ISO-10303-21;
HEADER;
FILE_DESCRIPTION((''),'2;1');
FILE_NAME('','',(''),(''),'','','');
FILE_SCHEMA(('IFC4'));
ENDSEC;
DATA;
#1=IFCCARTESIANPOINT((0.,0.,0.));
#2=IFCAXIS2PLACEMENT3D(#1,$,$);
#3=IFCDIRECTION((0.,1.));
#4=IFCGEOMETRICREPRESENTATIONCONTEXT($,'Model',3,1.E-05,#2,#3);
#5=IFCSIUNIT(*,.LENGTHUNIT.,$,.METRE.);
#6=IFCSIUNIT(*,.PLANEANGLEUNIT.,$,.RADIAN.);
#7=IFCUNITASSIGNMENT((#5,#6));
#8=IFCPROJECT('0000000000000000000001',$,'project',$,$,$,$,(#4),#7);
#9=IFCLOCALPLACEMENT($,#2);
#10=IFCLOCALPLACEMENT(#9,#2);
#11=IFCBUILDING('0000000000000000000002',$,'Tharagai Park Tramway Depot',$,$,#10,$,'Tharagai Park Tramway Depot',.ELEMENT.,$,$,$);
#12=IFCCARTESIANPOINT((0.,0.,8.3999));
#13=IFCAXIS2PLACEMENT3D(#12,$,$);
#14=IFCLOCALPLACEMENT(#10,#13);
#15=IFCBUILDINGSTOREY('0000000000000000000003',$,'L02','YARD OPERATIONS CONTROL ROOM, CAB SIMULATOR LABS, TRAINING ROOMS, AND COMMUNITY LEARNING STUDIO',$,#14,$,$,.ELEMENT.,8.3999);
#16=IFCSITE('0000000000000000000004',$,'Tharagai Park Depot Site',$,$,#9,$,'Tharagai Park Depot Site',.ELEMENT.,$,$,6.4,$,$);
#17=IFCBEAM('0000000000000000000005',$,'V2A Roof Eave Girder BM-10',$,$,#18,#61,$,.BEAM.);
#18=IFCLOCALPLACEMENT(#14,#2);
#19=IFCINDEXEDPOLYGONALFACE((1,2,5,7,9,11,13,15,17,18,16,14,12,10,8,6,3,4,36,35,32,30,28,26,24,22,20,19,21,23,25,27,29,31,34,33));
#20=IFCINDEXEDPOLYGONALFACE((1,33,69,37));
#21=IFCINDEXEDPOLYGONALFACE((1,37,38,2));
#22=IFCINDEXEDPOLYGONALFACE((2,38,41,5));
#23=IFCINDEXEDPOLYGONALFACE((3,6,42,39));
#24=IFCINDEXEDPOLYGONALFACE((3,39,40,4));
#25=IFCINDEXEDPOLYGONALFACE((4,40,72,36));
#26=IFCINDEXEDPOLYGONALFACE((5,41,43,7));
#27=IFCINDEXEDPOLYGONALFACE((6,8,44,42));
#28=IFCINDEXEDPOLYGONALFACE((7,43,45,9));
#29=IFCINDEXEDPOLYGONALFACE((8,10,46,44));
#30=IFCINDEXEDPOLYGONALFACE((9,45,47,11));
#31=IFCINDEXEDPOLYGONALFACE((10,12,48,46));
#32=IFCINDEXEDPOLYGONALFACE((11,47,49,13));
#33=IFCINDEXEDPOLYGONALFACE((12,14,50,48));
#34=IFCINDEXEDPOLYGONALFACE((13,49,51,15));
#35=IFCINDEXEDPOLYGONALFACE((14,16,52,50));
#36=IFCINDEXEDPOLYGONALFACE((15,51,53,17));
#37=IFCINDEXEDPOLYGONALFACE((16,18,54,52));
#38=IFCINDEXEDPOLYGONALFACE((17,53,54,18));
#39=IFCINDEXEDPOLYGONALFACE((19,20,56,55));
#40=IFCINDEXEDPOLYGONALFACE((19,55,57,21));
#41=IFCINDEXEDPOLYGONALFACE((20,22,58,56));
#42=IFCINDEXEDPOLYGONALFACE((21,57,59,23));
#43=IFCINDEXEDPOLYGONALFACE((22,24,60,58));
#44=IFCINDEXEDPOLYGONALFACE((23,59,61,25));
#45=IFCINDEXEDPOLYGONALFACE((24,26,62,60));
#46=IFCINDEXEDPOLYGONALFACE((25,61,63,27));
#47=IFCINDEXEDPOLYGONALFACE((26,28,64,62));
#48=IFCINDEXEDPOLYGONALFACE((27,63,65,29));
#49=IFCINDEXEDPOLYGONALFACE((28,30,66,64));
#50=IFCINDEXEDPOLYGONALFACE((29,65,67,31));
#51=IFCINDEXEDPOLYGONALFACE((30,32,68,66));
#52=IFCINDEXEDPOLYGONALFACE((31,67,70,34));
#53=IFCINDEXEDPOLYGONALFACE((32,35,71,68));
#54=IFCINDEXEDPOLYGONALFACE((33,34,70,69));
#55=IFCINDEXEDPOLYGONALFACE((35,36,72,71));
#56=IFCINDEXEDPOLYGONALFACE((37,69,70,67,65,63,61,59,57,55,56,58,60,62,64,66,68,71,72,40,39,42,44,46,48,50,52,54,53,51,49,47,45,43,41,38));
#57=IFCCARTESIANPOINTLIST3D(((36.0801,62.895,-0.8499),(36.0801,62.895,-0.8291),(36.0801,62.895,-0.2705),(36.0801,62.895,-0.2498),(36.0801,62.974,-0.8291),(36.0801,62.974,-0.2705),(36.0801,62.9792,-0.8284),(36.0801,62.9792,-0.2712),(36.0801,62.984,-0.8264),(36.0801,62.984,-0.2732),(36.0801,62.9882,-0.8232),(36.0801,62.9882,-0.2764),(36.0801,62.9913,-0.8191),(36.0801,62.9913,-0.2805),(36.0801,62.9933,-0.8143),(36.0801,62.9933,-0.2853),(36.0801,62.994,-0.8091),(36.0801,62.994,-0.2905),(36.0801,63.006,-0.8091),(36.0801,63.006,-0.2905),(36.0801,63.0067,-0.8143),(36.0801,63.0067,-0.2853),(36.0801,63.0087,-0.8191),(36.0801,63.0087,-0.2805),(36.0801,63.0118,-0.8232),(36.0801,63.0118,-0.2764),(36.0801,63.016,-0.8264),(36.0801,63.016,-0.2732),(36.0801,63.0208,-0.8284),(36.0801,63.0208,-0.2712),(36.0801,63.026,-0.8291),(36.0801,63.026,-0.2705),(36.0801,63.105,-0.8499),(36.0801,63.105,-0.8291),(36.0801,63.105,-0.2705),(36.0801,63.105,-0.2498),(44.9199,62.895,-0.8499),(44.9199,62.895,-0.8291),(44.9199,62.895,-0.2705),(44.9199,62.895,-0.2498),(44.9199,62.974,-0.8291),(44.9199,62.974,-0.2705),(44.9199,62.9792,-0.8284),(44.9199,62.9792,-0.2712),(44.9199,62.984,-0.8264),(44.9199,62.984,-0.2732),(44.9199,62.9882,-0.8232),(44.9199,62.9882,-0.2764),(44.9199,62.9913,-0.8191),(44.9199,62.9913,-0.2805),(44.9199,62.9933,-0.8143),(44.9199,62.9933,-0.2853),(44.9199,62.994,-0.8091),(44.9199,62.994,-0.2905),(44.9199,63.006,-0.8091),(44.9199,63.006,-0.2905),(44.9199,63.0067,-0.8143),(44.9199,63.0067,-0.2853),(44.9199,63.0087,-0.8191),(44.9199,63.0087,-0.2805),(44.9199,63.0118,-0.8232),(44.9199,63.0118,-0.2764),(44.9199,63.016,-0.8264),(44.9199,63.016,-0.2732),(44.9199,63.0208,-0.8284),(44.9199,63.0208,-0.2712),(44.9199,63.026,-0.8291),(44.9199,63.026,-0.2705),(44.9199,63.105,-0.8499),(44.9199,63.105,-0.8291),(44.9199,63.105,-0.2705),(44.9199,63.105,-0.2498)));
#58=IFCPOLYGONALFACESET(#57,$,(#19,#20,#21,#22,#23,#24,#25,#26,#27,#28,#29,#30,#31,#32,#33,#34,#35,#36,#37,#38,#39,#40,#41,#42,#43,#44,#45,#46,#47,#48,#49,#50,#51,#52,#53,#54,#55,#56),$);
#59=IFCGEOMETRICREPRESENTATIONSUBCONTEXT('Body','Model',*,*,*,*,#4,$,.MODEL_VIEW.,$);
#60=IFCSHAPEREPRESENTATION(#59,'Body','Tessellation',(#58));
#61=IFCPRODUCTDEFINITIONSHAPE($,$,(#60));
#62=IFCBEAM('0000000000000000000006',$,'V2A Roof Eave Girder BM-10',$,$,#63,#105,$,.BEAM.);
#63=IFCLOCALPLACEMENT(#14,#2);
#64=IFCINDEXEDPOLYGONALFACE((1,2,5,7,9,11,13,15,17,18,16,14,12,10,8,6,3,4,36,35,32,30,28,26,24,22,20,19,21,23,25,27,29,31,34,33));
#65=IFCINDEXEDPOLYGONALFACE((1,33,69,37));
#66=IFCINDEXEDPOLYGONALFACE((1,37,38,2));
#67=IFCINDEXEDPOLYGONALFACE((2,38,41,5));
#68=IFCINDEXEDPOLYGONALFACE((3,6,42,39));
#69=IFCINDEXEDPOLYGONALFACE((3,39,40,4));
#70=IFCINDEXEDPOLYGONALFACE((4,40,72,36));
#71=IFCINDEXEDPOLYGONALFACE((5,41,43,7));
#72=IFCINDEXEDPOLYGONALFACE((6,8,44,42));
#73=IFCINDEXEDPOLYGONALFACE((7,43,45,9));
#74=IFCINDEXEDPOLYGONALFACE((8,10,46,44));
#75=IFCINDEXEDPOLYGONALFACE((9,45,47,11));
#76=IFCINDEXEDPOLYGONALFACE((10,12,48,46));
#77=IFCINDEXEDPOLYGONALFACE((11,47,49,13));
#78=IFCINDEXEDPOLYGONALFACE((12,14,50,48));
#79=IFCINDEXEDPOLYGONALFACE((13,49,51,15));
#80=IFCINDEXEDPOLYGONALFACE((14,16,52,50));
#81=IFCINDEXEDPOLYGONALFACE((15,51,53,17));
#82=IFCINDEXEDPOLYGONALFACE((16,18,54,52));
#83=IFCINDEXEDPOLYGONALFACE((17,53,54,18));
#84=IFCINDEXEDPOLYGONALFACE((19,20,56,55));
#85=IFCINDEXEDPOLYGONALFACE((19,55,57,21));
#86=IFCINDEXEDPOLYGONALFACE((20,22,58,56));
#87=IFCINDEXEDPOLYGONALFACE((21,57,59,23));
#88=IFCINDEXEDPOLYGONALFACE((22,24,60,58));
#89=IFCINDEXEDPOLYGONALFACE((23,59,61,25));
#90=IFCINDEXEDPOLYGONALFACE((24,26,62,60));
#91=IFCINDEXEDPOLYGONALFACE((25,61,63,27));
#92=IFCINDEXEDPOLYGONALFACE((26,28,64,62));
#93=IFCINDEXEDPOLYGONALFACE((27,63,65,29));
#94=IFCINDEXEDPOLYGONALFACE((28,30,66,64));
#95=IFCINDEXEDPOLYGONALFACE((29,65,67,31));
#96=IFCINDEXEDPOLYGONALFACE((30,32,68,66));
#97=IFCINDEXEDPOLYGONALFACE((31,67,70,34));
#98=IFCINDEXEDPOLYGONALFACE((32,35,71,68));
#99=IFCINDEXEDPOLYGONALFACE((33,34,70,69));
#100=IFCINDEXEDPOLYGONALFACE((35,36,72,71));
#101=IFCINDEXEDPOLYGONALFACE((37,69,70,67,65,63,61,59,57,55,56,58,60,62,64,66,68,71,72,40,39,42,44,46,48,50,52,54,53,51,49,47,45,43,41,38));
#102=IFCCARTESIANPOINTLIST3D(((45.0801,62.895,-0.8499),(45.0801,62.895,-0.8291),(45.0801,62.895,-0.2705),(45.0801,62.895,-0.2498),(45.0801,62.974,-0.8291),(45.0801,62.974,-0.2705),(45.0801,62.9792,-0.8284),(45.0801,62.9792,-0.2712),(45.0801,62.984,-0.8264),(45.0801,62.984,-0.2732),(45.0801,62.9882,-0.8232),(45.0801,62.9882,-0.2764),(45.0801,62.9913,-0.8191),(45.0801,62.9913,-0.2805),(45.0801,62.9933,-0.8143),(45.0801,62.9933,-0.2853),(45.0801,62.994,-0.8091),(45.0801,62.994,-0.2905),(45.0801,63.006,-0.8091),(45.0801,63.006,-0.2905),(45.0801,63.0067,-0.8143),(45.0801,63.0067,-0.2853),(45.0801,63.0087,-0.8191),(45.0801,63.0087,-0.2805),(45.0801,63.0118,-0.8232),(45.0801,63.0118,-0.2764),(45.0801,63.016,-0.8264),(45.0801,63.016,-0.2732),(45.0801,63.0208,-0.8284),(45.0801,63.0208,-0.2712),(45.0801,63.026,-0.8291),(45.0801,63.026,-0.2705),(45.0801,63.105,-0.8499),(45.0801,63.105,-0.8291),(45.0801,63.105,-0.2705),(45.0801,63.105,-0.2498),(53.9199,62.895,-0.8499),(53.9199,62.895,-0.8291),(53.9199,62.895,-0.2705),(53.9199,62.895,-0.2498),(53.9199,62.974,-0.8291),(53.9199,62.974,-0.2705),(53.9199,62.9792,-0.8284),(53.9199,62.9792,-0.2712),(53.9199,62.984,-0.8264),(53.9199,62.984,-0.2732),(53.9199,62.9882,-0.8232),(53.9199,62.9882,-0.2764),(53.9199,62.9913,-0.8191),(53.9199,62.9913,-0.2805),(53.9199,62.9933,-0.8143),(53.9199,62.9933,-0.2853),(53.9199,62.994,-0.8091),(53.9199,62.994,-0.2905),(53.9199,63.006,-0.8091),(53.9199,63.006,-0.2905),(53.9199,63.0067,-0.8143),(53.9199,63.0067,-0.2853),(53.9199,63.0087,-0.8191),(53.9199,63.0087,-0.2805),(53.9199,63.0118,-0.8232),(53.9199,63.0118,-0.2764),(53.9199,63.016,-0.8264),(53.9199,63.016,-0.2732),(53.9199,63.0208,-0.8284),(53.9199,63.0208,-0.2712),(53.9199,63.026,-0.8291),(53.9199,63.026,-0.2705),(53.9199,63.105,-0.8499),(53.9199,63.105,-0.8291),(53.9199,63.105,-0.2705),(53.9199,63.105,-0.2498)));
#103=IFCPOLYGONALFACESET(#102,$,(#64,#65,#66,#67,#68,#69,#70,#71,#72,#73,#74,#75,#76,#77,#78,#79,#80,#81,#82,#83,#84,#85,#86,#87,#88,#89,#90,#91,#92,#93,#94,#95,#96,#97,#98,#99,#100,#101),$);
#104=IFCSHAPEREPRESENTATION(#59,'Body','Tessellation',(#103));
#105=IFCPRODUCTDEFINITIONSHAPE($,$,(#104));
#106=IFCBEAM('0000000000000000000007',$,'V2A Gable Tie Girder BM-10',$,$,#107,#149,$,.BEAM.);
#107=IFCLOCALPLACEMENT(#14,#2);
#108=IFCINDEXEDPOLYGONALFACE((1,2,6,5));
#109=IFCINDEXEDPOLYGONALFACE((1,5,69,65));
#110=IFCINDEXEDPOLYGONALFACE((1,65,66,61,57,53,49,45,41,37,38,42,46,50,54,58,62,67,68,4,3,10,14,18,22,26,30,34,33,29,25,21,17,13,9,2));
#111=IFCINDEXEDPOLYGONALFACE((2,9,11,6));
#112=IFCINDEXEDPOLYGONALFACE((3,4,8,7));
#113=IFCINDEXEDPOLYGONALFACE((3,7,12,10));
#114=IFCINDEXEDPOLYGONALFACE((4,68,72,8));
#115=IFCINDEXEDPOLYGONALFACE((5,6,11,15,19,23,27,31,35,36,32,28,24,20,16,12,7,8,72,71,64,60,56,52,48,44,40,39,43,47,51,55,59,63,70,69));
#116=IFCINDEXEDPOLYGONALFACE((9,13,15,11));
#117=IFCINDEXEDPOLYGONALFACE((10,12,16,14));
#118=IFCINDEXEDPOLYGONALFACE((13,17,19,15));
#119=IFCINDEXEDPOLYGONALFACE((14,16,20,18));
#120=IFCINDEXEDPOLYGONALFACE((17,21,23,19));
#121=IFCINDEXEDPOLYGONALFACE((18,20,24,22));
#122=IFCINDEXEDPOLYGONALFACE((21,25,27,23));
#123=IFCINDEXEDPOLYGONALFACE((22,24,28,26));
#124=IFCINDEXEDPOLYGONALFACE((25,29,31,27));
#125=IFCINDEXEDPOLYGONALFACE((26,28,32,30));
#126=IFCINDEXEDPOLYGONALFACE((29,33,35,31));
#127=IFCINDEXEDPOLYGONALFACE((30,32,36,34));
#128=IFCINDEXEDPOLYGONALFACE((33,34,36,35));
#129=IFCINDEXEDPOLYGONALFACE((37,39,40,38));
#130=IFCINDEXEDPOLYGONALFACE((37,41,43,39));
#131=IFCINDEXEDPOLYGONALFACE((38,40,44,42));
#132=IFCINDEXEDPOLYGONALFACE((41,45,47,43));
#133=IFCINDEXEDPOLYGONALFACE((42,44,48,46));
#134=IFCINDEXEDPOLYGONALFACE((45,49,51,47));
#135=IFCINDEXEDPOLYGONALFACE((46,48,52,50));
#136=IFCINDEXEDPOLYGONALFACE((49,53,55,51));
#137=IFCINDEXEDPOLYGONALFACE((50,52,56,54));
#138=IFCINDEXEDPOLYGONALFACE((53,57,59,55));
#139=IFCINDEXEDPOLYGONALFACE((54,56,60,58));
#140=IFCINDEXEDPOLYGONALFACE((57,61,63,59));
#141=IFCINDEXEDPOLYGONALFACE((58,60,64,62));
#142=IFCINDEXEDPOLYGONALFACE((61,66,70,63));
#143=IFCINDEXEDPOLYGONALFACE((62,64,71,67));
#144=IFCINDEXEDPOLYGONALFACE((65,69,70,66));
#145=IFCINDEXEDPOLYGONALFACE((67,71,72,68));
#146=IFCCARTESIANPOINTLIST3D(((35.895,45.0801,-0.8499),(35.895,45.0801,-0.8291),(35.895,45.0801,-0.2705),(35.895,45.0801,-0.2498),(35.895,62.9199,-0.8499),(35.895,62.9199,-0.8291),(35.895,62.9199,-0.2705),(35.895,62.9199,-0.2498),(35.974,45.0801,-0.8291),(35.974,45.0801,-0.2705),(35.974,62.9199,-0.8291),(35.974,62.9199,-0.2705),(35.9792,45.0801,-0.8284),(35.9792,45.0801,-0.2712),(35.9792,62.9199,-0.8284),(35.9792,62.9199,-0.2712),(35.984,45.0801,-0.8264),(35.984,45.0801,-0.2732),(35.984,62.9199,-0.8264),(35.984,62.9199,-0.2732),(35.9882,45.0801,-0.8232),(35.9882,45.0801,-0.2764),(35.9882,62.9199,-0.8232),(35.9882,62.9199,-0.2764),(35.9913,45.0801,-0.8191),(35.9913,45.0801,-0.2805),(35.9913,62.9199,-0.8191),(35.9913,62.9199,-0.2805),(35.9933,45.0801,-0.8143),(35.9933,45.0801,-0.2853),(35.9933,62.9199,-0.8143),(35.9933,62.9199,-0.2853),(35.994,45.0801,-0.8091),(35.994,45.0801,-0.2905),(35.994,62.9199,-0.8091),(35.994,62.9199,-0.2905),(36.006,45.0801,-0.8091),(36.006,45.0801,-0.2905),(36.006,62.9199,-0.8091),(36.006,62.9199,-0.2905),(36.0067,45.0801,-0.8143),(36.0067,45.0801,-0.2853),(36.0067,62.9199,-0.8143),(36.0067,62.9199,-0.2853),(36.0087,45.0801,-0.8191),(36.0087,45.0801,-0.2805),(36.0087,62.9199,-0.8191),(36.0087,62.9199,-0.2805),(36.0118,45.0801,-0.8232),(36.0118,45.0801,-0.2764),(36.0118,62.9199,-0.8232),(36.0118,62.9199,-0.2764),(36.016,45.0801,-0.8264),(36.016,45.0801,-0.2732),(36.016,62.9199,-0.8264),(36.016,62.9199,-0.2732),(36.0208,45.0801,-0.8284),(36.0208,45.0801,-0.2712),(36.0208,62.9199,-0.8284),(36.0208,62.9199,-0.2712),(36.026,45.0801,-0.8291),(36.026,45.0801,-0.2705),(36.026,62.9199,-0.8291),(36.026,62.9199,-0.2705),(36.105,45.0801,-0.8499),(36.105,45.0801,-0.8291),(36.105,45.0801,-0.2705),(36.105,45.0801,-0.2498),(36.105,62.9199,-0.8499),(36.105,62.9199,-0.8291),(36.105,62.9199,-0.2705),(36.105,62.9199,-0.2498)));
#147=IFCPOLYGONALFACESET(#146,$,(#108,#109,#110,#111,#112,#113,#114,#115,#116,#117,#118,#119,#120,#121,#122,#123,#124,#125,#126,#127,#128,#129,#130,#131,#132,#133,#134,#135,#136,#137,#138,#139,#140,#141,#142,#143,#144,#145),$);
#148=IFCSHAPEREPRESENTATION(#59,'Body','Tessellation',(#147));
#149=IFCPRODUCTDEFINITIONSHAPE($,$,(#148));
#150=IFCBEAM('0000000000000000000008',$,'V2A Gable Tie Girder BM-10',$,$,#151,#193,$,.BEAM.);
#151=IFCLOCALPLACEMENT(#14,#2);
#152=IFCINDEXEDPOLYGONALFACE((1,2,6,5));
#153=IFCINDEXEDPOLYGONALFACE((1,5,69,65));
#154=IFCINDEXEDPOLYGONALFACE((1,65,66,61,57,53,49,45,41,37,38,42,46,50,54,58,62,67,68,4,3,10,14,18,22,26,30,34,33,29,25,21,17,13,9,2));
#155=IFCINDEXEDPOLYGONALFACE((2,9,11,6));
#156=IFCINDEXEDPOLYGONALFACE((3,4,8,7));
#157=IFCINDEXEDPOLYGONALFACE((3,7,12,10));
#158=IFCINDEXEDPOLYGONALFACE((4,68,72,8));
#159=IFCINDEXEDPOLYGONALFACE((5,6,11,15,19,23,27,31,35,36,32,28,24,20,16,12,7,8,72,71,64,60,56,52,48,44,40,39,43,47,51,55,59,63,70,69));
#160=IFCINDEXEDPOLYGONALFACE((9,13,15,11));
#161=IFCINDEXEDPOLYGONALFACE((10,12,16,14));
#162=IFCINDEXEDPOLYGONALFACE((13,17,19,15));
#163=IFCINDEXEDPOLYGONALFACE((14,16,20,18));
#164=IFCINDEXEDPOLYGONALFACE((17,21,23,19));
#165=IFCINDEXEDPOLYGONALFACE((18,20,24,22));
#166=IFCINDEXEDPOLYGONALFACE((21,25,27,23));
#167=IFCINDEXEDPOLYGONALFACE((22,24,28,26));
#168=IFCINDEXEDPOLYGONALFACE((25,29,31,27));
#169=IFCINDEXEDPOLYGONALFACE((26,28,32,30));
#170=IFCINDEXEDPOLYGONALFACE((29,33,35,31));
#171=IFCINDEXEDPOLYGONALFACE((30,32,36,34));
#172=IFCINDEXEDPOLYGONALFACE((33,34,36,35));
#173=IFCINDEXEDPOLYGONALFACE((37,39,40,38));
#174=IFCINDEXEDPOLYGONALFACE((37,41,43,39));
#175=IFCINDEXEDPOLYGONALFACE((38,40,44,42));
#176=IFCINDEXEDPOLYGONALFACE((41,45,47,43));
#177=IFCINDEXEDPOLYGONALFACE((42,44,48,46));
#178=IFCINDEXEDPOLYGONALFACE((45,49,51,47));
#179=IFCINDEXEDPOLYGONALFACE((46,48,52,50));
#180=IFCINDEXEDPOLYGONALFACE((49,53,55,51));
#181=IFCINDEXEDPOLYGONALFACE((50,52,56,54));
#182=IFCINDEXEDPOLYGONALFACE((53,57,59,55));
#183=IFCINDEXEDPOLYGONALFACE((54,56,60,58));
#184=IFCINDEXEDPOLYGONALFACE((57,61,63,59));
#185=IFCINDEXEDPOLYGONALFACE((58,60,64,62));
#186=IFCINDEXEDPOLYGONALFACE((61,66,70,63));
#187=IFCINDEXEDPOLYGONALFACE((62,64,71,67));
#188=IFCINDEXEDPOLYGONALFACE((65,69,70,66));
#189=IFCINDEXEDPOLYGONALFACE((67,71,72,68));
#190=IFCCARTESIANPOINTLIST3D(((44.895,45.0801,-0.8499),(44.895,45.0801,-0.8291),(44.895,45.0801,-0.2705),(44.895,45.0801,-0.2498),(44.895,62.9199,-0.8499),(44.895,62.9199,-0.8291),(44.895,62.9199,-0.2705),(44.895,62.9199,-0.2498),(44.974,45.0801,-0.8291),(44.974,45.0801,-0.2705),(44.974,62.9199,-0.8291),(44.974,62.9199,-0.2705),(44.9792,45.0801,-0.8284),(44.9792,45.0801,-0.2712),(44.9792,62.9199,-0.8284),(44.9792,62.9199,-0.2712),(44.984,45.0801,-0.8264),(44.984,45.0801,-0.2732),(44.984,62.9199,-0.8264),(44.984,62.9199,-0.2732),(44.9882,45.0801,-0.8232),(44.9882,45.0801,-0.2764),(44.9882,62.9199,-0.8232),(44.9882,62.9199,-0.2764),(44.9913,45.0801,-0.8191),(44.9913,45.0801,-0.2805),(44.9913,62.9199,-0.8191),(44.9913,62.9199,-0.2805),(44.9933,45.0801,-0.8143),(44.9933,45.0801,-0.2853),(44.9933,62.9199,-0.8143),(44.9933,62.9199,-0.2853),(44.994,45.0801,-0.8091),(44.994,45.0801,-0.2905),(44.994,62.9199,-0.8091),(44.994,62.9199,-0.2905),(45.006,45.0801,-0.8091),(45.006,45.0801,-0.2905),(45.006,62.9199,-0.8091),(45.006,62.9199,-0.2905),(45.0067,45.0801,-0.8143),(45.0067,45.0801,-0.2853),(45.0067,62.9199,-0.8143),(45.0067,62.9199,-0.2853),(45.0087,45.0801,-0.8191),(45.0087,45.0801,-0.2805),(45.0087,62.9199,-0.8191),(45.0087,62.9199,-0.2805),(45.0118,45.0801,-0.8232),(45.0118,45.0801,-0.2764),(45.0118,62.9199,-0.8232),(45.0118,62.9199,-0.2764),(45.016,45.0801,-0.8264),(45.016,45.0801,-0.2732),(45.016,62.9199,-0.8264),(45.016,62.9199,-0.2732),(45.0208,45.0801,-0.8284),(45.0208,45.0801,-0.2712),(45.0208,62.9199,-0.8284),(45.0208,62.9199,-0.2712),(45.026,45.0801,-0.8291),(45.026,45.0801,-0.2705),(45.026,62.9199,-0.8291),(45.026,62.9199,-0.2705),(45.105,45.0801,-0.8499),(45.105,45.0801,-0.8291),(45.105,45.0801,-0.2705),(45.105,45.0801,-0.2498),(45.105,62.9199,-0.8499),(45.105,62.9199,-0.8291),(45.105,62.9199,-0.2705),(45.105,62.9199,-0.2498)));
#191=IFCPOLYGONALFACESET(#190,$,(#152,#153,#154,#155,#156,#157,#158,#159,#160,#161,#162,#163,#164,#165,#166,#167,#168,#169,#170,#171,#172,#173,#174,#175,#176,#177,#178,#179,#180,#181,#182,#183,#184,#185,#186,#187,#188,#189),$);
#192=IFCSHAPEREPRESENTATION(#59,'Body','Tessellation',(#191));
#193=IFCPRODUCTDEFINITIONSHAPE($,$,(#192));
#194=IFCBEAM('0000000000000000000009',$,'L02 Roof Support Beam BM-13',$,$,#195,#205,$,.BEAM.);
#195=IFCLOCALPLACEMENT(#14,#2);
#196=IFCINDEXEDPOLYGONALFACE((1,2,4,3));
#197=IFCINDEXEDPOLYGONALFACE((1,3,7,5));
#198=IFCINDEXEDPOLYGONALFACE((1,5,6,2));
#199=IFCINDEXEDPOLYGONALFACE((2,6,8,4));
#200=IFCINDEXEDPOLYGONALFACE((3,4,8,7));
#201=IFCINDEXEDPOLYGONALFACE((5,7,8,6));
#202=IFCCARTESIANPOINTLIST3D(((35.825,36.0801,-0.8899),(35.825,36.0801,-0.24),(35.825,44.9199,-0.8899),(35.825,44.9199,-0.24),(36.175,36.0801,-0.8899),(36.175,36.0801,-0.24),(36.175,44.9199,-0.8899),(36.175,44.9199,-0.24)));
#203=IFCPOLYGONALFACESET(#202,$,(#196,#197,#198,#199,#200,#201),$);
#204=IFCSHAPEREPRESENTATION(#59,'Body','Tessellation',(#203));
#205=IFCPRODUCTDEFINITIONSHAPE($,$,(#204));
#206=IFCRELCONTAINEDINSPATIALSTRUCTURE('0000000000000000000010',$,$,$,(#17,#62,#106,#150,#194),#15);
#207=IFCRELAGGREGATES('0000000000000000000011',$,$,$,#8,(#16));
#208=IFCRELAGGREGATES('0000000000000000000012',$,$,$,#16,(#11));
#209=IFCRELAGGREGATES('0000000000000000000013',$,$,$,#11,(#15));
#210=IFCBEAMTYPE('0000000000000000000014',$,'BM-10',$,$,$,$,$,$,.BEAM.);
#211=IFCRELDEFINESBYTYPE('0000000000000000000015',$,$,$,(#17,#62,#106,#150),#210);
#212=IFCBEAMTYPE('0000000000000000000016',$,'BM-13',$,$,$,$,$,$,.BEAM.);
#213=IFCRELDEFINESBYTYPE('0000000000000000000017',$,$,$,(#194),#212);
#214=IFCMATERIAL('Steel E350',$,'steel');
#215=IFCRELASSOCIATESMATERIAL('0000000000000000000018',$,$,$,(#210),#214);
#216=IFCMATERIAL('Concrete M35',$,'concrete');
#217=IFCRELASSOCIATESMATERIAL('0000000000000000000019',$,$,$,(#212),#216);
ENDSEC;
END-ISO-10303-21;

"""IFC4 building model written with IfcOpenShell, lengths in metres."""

from ifc_helpers import new_model, si_unit, direction, frame, origin, origin_2d, place, context, subcontext, project, spatial, rectangle, i_section, extrude, material, material_profile, profile_set, type_object, element, save


model = new_model("IFC4")

# Units and contexts
model_context = context("Model", 3, precision=1e-05, world=origin(), true_north=direction((0.0, 1.0)))
body_context = subcontext(model_context, "Body", "Model", "MODEL_VIEW")
ifc_project = project(units=[si_unit("LENGTHUNIT", "METRE"), si_unit("PLANEANGLEUNIT", "RADIAN")], contexts=[model_context])

# Site, building, storey
site_placement = place(None, origin())
site = spatial("IfcSite", under=ifc_project, at=site_placement, Name="Tharagai Park Depot Site", LongName="Tharagai Park Depot Site", CompositionType="ELEMENT", RefElevation=6.4)
building_placement = place(site_placement, origin())
building = spatial("IfcBuilding", under=site, at=building_placement, Name="Tharagai Park Tramway Depot", LongName="Tharagai Park Tramway Depot", CompositionType="ELEMENT")
storey_placement = place(building_placement, frame((0.0, 0.0, 8.3999)))
storey = spatial("IfcBuildingStorey", under=building, at=storey_placement, Name="L02", Description="YARD OPERATIONS CONTROL ROOM, CAB SIMULATOR LABS, TRAINING ROOMS, AND COMMUNITY LEARNING STUDIO", CompositionType="ELEMENT", Elevation=8.3999)

# Beams
ifc_material_1 = material(Name="Steel E350", Category="steel")
ifc_material_profile_1 = material_profile(ifc_material_1, i_section(OverallWidth=0.21, OverallDepth=0.6001, WebThickness=0.012, FlangeThickness=0.0208, FilletRadius=0.02, at=origin_2d()), Name="ISMB 600")
ifc_profile_set_1 = profile_set([ifc_material_profile_1], Name="Steel E350")
beam_type_1 = type_object("IfcBeamType", Name="BM-10", PredefinedType="BEAM", material=ifc_profile_set_1)
for number, where, z_axis, x_axis, name in (
    (1, (36.0801, 63.0, -0.5498), (1.0, 0.0, 0.0), (0.0, 1.0, 0.0), "V2A Roof Eave Girder BM-10"),
    (2, (45.0801, 63.0, -0.5498), (1.0, 0.0, 0.0), (0.0, 1.0, 0.0), "V2A Roof Eave Girder BM-10"),
):
    element("IfcBeam", number, at=place(storey_placement, frame(where, z_axis=z_axis, x_axis=x_axis)), inside=storey, type_object=beam_type_1, Name=name, PredefinedType="BEAM", context=body_context, shape_type="SweptSolid", body=[
        extrude(i_section(OverallWidth=0.21, OverallDepth=0.6001, WebThickness=0.012, FlangeThickness=0.0208, FilletRadius=0.02, at=origin_2d()), origin(), (0.0, 0.0, 1.0), 8.8398),
    ])
for number, where, z_axis, x_axis, name in (
    (3, (36.0, 45.0801, -0.5498), (0.0, 1.0, 0.0), (-1.0, 0.0, 0.0), "V2A Gable Tie Girder BM-10"),
    (4, (45.0, 45.0801, -0.5498), (0.0, 1.0, 0.0), (-1.0, 0.0, 0.0), "V2A Gable Tie Girder BM-10"),
):
    element("IfcBeam", number, at=place(storey_placement, frame(where, z_axis=z_axis, x_axis=x_axis)), inside=storey, type_object=beam_type_1, Name=name, PredefinedType="BEAM", context=body_context, shape_type="SweptSolid", body=[
        extrude(i_section(OverallWidth=0.21, OverallDepth=0.6001, WebThickness=0.012, FlangeThickness=0.0208, FilletRadius=0.02, at=origin_2d()), origin(), (0.0, 0.0, 1.0), 17.8398),
    ])
ifc_material_2 = material(Name="Concrete M35", Category="concrete")
ifc_material_profile_2 = material_profile(ifc_material_2, rectangle(XDim=0.3501, YDim=0.6499, at=origin_2d()), Name="RC 350x650")
ifc_profile_set_2 = profile_set([ifc_material_profile_2], Name="Concrete M35")
beam_type_2 = type_object("IfcBeamType", Name="BM-13", PredefinedType="BEAM", material=ifc_profile_set_2)
for number, where, z_axis, x_axis, name in (
    (5, (36.0, 36.0801, -0.5649), (0.0, 1.0, 0.0), (-1.0, 0.0, 0.0), "L02 Roof Support Beam BM-13"),
):
    element("IfcBeam", number, at=place(storey_placement, frame(where, z_axis=z_axis, x_axis=x_axis)), inside=storey, type_object=beam_type_2, Name=name, PredefinedType="BEAM", context=body_context, shape_type="SweptSolid", body=[
        extrude(rectangle(XDim=0.3501, YDim=0.6499, at=origin_2d()), origin(), (0.0, 0.0, 1.0), 8.8398),
    ])

save(model, "model.ifc")
